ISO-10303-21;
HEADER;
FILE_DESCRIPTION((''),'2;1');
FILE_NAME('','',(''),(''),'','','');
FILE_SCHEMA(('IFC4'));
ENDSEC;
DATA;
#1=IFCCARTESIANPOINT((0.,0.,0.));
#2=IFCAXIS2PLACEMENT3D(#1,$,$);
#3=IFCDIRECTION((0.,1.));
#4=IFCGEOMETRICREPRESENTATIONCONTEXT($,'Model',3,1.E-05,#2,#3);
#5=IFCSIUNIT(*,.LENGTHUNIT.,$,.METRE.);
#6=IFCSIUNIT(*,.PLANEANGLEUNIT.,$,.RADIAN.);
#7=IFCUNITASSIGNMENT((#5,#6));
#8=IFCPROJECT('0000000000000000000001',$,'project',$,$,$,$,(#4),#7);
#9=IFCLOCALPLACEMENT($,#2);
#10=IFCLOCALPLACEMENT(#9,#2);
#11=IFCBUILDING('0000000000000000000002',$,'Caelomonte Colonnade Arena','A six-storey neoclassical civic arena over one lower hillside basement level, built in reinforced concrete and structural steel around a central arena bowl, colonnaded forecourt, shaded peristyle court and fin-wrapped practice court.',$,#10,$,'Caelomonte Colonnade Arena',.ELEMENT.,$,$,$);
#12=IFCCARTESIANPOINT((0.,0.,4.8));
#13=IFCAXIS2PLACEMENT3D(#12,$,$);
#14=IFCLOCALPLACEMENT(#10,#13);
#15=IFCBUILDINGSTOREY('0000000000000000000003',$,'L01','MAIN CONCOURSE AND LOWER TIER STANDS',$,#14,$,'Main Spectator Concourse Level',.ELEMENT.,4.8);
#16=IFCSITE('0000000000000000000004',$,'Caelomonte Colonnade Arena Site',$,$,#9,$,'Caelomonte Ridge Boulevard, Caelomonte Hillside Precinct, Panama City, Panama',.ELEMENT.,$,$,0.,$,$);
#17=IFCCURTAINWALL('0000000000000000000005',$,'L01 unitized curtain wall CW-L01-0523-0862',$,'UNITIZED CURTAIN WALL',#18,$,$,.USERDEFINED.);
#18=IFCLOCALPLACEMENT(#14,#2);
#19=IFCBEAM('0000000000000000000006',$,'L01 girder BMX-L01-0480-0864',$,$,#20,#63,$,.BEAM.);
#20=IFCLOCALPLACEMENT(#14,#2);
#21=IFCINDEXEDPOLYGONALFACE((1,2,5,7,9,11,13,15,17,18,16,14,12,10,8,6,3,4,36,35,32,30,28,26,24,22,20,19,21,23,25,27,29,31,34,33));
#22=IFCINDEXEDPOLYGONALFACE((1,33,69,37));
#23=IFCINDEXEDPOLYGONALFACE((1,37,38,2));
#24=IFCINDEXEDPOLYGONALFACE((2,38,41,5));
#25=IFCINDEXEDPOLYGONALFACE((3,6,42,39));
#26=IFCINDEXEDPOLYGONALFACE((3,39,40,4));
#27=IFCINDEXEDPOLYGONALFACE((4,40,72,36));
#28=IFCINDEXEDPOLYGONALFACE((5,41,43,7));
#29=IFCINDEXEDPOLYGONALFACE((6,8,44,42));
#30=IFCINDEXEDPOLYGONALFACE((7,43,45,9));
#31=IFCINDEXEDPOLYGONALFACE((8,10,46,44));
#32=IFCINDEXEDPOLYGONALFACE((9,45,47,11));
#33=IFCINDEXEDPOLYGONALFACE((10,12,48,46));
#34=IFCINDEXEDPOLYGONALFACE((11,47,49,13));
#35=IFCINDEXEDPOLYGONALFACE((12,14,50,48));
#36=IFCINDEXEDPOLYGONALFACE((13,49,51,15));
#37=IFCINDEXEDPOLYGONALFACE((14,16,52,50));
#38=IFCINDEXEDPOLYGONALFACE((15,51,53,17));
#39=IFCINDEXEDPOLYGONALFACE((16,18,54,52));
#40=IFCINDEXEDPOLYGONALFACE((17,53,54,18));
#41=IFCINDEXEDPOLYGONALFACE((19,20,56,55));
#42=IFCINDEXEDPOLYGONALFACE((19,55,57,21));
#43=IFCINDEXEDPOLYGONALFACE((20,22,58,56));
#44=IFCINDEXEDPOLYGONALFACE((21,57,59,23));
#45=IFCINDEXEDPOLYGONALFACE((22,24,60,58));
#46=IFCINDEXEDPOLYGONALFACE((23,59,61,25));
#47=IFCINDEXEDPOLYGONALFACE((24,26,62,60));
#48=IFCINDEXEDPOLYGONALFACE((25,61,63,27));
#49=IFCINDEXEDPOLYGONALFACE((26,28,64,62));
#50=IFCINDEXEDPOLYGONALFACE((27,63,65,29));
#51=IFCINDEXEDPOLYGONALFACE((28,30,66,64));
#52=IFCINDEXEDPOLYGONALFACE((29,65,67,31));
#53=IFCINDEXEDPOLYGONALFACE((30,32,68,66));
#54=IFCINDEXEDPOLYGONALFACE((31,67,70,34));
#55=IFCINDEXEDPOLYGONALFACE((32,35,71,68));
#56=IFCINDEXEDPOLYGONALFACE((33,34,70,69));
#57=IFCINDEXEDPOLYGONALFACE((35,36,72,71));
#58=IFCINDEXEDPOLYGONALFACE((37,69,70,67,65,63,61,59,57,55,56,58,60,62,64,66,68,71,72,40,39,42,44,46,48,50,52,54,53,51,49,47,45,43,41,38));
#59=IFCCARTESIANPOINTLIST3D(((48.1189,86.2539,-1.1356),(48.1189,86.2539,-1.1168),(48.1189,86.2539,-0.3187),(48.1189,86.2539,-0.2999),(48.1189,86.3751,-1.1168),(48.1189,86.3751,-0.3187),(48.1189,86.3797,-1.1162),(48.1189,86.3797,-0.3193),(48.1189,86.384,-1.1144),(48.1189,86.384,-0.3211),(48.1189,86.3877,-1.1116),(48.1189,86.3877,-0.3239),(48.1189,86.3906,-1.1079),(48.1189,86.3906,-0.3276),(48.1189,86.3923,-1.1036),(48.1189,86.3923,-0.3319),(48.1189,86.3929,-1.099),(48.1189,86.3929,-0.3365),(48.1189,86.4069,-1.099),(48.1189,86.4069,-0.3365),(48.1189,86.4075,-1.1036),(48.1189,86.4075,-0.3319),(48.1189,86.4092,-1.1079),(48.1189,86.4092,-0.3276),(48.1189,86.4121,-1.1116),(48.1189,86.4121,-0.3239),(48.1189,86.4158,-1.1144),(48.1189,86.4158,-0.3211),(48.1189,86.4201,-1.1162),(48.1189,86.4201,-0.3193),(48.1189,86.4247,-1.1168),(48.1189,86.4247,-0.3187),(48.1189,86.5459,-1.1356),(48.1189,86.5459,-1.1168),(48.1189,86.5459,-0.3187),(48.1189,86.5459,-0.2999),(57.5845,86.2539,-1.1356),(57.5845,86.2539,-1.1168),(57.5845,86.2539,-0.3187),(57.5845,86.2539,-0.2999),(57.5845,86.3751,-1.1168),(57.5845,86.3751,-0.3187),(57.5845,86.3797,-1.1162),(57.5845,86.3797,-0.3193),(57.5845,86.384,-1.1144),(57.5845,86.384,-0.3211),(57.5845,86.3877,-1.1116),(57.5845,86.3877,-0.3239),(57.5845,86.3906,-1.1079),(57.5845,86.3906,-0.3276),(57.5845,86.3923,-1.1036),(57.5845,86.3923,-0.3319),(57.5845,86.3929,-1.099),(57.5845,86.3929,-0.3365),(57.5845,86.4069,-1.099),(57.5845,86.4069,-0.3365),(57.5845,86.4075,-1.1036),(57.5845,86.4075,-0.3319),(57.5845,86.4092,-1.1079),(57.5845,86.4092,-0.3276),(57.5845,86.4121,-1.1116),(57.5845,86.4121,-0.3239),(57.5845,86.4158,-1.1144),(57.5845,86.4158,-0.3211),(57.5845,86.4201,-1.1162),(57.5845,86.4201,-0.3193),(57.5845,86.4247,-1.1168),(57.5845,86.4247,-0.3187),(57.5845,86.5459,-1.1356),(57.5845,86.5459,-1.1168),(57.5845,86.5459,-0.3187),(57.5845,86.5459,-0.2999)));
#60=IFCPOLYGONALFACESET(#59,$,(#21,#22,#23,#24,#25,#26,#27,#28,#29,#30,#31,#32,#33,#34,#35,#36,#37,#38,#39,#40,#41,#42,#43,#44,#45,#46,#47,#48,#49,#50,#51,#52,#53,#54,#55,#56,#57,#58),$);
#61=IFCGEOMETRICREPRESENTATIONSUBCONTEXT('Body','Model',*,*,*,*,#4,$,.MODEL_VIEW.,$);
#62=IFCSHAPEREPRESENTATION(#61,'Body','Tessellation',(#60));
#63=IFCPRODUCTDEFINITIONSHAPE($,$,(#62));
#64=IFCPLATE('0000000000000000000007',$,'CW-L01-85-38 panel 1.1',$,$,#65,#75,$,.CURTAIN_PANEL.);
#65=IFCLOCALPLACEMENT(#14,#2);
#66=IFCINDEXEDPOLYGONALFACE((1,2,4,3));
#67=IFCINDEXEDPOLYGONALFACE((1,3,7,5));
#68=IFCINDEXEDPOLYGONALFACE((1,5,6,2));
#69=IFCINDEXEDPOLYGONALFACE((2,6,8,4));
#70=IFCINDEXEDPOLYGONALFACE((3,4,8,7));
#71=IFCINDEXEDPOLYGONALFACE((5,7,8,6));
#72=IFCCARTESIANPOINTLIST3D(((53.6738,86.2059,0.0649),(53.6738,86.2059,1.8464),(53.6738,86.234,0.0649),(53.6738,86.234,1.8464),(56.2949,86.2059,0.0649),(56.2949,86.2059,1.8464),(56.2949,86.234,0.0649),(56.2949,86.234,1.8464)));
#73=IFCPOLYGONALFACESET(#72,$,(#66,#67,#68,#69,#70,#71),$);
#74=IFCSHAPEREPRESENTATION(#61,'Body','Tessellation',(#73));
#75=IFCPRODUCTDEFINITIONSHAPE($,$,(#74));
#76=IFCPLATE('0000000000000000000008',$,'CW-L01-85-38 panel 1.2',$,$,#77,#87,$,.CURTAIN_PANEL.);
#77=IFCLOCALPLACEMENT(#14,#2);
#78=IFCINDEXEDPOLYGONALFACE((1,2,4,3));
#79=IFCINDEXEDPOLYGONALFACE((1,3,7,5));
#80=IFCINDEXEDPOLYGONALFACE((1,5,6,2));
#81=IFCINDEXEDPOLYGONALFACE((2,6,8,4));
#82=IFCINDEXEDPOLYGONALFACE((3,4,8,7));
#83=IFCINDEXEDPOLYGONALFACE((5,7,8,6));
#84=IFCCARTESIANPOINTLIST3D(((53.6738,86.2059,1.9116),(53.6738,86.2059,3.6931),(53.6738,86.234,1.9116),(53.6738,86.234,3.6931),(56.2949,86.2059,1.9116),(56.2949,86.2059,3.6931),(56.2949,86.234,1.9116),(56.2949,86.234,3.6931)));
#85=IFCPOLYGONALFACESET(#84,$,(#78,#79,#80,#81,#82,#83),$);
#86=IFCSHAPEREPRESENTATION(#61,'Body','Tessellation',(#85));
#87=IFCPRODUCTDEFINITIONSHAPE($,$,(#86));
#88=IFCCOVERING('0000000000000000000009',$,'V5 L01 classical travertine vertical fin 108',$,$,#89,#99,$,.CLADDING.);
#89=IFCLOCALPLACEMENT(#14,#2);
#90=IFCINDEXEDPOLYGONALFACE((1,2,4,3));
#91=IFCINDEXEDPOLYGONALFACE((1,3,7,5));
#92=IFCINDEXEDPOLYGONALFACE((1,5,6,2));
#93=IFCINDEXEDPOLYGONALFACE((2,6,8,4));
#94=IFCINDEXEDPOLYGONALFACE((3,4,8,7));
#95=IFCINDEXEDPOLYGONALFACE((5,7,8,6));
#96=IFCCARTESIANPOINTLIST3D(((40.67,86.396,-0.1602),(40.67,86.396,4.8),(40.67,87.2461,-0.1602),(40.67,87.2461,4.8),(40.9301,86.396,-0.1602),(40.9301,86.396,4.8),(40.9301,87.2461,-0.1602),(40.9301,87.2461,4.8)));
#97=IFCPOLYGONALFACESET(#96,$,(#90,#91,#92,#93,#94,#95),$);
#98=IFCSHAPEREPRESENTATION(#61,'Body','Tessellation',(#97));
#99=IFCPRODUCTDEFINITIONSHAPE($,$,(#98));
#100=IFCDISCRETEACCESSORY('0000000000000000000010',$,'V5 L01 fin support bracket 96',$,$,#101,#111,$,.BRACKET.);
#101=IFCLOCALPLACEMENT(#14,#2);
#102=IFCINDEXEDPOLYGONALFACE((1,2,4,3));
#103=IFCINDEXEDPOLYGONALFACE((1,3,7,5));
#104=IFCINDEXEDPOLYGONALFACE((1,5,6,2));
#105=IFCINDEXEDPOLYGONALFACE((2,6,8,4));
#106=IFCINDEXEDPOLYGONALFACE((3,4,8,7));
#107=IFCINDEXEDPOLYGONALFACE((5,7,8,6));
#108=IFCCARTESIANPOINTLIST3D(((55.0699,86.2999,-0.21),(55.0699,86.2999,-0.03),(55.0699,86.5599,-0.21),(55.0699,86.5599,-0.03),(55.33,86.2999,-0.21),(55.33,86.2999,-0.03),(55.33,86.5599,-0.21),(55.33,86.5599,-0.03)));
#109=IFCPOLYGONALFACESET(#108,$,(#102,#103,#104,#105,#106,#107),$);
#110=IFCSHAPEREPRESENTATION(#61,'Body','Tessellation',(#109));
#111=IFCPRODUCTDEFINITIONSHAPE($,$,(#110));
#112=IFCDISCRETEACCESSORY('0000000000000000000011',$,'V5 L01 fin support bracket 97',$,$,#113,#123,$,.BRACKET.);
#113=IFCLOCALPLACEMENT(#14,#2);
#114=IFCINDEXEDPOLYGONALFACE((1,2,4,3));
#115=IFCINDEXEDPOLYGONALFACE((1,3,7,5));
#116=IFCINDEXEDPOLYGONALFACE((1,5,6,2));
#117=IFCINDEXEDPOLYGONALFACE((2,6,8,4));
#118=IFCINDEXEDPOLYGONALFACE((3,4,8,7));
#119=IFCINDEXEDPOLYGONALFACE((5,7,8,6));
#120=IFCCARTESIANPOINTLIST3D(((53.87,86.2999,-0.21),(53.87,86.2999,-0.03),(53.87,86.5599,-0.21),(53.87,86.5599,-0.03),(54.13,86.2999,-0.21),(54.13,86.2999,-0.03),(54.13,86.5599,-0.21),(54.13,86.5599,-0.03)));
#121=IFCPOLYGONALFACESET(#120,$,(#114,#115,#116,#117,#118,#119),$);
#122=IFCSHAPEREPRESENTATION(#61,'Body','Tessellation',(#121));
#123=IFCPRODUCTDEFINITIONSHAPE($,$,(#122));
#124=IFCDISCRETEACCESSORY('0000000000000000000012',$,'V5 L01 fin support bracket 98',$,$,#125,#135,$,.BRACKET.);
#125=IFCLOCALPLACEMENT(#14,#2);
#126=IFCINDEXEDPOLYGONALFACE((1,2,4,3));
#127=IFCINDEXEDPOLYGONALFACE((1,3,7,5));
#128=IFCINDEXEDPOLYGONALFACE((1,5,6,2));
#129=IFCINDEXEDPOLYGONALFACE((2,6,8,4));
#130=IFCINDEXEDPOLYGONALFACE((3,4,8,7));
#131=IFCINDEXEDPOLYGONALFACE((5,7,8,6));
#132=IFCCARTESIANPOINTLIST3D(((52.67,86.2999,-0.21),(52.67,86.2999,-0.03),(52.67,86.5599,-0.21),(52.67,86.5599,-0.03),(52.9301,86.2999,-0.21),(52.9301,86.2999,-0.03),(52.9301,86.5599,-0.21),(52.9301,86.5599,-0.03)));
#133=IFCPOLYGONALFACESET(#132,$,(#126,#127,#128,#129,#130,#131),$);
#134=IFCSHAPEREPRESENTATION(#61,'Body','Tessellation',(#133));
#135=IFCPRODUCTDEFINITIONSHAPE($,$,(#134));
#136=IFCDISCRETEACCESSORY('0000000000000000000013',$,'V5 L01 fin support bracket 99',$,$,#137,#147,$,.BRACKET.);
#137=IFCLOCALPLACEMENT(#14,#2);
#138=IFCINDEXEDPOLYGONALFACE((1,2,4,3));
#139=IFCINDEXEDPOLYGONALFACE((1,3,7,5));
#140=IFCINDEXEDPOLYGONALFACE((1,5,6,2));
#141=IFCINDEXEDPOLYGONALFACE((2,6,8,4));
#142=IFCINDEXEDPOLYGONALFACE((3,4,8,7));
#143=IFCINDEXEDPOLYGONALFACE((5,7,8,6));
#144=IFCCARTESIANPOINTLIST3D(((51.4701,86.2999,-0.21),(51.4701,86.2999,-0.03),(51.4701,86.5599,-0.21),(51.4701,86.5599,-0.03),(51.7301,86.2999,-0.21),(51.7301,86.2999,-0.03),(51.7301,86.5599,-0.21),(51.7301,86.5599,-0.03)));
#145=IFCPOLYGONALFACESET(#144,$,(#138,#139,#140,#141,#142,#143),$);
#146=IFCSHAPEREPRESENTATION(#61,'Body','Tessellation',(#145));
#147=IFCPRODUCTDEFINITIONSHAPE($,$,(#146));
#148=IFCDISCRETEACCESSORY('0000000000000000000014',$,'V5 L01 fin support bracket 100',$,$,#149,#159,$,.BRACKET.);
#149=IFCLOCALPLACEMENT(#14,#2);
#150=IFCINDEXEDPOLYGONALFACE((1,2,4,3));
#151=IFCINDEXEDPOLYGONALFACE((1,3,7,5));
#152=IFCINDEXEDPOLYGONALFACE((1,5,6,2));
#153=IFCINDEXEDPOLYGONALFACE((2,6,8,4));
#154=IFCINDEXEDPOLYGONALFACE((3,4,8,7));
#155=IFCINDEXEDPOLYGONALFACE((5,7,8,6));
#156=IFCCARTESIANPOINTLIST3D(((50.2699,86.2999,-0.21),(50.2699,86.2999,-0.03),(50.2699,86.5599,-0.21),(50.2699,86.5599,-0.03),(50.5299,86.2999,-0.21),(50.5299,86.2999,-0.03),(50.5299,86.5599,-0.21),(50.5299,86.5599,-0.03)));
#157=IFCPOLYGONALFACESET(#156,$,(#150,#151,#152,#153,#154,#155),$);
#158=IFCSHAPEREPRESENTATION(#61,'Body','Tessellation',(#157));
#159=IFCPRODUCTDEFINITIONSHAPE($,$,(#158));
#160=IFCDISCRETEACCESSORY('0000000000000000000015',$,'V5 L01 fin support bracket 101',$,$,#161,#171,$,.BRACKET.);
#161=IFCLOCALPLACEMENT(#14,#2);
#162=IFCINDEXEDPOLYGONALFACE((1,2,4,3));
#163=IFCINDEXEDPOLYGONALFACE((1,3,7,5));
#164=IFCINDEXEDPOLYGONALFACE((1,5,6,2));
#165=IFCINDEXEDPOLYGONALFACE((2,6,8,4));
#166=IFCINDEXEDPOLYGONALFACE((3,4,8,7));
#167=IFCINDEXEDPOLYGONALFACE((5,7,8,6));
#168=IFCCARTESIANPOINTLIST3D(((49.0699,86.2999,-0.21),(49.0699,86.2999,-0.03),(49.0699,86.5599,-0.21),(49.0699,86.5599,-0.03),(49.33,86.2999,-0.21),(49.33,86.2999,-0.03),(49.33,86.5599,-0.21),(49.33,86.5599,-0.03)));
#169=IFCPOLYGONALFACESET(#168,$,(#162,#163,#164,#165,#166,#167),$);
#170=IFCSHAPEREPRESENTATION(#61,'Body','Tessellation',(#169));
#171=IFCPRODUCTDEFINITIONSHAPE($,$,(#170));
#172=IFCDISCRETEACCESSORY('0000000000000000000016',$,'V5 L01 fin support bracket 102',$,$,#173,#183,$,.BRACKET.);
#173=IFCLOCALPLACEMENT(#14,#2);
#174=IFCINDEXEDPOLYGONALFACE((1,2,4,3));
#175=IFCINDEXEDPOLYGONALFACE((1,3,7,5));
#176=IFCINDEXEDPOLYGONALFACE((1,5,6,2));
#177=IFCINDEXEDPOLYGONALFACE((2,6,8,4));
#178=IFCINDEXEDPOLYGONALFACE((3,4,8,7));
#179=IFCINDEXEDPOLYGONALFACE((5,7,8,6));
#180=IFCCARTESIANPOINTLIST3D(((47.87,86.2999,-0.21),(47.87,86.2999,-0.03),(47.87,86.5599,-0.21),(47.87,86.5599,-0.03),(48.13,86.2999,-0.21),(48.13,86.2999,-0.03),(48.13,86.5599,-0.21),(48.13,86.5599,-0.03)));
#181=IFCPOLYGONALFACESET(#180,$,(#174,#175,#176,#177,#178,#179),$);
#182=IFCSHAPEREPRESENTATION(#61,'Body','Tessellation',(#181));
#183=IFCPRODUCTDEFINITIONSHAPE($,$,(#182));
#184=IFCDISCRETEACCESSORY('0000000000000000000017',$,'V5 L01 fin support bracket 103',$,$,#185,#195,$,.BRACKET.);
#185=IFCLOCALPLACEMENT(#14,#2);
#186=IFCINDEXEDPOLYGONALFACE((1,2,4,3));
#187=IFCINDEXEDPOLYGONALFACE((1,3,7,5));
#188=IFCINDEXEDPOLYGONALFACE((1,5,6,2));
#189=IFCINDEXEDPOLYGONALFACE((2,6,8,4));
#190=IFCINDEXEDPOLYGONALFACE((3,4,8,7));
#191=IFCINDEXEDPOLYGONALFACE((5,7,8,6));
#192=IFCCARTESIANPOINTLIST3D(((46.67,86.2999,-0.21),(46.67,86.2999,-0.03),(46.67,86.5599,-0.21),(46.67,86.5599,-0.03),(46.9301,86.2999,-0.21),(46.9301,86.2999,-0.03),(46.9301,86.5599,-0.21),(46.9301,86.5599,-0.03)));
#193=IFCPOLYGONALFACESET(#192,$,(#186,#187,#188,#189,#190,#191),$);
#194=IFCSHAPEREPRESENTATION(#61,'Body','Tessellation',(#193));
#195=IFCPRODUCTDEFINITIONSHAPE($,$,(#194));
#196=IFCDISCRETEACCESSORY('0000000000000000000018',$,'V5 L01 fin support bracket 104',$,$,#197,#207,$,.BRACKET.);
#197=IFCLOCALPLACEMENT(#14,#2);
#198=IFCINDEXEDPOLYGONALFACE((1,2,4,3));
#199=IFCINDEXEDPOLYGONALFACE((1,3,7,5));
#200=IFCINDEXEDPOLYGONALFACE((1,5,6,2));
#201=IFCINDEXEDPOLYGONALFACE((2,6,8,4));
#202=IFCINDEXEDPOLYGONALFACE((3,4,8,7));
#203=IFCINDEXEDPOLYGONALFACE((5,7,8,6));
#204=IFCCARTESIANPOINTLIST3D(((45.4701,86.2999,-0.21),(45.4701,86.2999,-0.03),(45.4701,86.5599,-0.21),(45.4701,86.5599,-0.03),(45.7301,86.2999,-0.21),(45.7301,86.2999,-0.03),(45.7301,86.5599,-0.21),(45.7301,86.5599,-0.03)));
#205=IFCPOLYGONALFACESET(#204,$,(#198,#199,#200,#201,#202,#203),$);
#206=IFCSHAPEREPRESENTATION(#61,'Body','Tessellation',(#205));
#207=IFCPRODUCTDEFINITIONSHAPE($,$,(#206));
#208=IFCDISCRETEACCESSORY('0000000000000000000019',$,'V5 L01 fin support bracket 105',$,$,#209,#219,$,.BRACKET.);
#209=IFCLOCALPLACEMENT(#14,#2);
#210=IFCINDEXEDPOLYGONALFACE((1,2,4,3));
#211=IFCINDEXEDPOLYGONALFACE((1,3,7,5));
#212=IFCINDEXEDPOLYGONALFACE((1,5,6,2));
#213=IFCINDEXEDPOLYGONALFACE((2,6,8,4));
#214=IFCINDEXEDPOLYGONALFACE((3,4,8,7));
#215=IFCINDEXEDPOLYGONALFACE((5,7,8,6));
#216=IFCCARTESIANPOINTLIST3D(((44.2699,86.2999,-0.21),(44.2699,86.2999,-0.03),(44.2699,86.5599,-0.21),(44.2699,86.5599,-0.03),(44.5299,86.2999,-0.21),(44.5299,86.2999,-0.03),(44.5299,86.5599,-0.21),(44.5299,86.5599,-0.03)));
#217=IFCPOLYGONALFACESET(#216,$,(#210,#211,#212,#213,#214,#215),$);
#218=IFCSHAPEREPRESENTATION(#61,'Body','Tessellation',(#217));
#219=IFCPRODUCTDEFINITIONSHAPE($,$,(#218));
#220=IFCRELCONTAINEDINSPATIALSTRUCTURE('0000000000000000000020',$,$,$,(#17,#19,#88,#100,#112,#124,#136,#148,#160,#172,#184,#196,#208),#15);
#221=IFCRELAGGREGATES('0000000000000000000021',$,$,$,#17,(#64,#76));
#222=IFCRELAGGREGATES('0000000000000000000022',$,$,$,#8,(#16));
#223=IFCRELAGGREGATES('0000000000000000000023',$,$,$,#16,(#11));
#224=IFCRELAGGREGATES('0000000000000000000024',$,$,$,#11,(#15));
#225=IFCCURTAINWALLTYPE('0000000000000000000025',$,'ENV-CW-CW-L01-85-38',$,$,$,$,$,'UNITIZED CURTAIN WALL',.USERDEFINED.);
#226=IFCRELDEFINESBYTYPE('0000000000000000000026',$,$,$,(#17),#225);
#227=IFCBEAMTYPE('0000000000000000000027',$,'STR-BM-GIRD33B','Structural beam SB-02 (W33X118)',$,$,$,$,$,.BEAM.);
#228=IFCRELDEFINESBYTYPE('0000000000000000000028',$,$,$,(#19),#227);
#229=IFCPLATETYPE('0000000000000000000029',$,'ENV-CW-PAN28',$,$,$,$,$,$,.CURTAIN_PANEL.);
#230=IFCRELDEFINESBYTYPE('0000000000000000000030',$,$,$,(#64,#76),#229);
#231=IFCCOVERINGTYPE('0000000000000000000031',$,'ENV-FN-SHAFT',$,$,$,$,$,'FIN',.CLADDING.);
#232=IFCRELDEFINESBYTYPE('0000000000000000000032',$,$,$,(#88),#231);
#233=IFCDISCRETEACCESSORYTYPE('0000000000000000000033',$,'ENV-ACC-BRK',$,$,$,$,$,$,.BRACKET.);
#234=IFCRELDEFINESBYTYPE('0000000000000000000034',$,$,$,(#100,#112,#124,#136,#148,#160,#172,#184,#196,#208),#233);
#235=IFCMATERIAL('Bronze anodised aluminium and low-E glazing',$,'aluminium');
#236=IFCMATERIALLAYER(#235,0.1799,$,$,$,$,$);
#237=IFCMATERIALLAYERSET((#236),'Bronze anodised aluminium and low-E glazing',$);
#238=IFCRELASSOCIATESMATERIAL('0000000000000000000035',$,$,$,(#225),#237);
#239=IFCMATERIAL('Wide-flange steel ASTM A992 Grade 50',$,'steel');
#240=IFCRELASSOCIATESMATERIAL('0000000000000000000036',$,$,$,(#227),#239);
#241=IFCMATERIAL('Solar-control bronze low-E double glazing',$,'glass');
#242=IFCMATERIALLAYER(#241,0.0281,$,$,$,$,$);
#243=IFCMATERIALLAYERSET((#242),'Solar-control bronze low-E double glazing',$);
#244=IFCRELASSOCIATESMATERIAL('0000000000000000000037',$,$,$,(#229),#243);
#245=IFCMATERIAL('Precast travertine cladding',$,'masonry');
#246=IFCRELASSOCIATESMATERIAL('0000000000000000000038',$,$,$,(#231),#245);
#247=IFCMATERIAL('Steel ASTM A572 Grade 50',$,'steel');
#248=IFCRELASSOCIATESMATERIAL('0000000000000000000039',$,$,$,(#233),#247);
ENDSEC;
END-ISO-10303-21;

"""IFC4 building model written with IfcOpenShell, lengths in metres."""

from ifc_helpers import new_model, si_unit, direction, frame, origin, origin_2d, place, context, subcontext, project, spatial, rectangle, i_section, extrude, material, layer, layer_set, material_profile, profile_set, type_object, element, aggregate, save


model = new_model("IFC4")

# Units and contexts
model_context = context("Model", 3, precision=1e-05, world=origin(), true_north=direction((0.0, 1.0)))
body_context = subcontext(model_context, "Body", "Model", "MODEL_VIEW")
ifc_project = project(units=[si_unit("LENGTHUNIT", "METRE"), si_unit("PLANEANGLEUNIT", "RADIAN")], contexts=[model_context])

# Site, building, storey
site_placement = place(None, origin())
site = spatial("IfcSite", under=ifc_project, at=site_placement, Name="Caelomonte Colonnade Arena Site", LongName="Caelomonte Ridge Boulevard, Caelomonte Hillside Precinct, Panama City, Panama", CompositionType="ELEMENT", RefElevation=0.0)
building_placement = place(site_placement, origin())
building = spatial("IfcBuilding", under=site, at=building_placement, Name="Caelomonte Colonnade Arena", Description="A six-storey neoclassical civic arena over one lower hillside basement level, built in reinforced concrete and structural steel around a central arena bowl, colonnaded forecourt, shaded peristyle court and fin-wrapped practice court.", LongName="Caelomonte Colonnade Arena", CompositionType="ELEMENT")
storey_placement = place(building_placement, frame((0.0, 0.0, 4.8)))
storey = spatial("IfcBuildingStorey", under=building, at=storey_placement, Name="L01", Description="MAIN CONCOURSE AND LOWER TIER STANDS", LongName="Main Spectator Concourse Level", CompositionType="ELEMENT", Elevation=4.8)

# Shared definitions
ifc_material_1 = material(Name="Wide-flange steel ASTM A992 Grade 50", Category="steel")

# Curtain wall
ifc_material_2 = material(Name="Bronze anodised aluminium and low-E glazing", Category="aluminium")
ifc_layer_1 = layer(ifc_material_2, 0.1799)
ifc_layer_set_1 = layer_set([ifc_layer_1], Name="Bronze anodised aluminium and low-E glazing")
curtain_wall_type = type_object("IfcCurtainWallType", Name="ENV-CW-CW-L01-85-38", ElementType="UNITIZED CURTAIN WALL", PredefinedType="USERDEFINED", material=ifc_layer_set_1)
curtain_wall_placement = place(storey_placement, origin())
curtain_wall = element("IfcCurtainWall", 1, at=curtain_wall_placement, inside=storey, type_object=curtain_wall_type, Name="L01 unitized curtain wall CW-L01-0523-0862", ObjectType="UNITIZED CURTAIN WALL", PredefinedType="USERDEFINED")

# Beam
ifc_material_profile_1 = material_profile(ifc_material_1, i_section(OverallWidth=0.292, OverallDepth=0.8357, WebThickness=0.0139, FlangeThickness=0.0188, FilletRadius=0.0178, at=origin_2d()), Name="W33X118")
ifc_profile_set_1 = profile_set([ifc_material_profile_1], Name="Wide-flange steel ASTM A992 Grade 50")
beam_type_1 = type_object("IfcBeamType", Name="STR-BM-GIRD33B", Description="Structural beam SB-02 (W33X118)", PredefinedType="BEAM", material=ifc_profile_set_1)
beam_1_placement = place(storey_placement, frame((48.1189, 86.3999, -0.7178), z_axis=(1.0, 0.0, 0.0), x_axis=(0.0, 1.0, 0.0)))
element("IfcBeam", 2, at=beam_1_placement, inside=storey, type_object=beam_type_1, Name="L01 girder BMX-L01-0480-0864", PredefinedType="BEAM", context=body_context, shape_type="SweptSolid", body=[
    extrude(i_section(OverallWidth=0.292, OverallDepth=0.8357, WebThickness=0.0139, FlangeThickness=0.0188, FilletRadius=0.0178, at=origin_2d()), origin(), (0.0, 0.0, 1.0), 9.4656),
])

# Plates
ifc_material_3 = material(Name="Solar-control bronze low-E double glazing", Category="glass")
ifc_layer_2 = layer(ifc_material_3, 0.0281)
ifc_layer_set_2 = layer_set([ifc_layer_2], Name="Solar-control bronze low-E double glazing")
plate_type = type_object("IfcPlateType", Name="ENV-CW-PAN28", PredefinedType="CURTAIN_PANEL", material=ifc_layer_set_2)
plate_1_placement = place(storey_placement, frame((54.9844, 86.22, 0.0649), z_axis=(0.0, 0.0, 1.0), x_axis=(-1.0, 0.0, 0.0)))
plate_1 = element("IfcPlate", 3, at=plate_1_placement, type_object=plate_type, Name="CW-L01-85-38 panel 1.1", PredefinedType="CURTAIN_PANEL", context=body_context, shape_type="SweptSolid", body=[
    extrude(rectangle(XDim=2.6211, YDim=0.0281, at=origin_2d()), origin(), (0.0, 0.0, 1.0), 1.7815),
])
plate_2_placement = place(storey_placement, frame((54.9844, 86.22, 1.9116), z_axis=(0.0, 0.0, 1.0), x_axis=(-1.0, 0.0, 0.0)))
plate_2 = element("IfcPlate", 4, at=plate_2_placement, type_object=plate_type, Name="CW-L01-85-38 panel 1.2", PredefinedType="CURTAIN_PANEL", context=body_context, shape_type="SweptSolid", body=[
    extrude(rectangle(XDim=2.6211, YDim=0.0281, at=origin_2d()), origin(), (0.0, 0.0, 1.0), 1.7815),
])
aggregate(curtain_wall, [plate_1, plate_2])

# Covering
ifc_material_4 = material(Name="Precast travertine cladding", Category="masonry")
ifc_material_profile_2 = material_profile(ifc_material_4, rectangle(XDim=0.26, YDim=0.8501, at=origin_2d()), Name="FIN260X850")
ifc_profile_set_2 = profile_set([ifc_material_profile_2], Name="Precast travertine cladding")
covering_type = type_object("IfcCoveringType", Name="ENV-FN-SHAFT", ElementType="FIN", PredefinedType="CLADDING", material=ifc_profile_set_2)
covering_placement = place(storey_placement, frame((40.8, 86.821, -0.1602), z_axis=(0.0, 0.0, 1.0), x_axis=(1.0, 0.0, 0.0)))
element("IfcCovering", 5, at=covering_placement, inside=storey, type_object=covering_type, Name="V5 L01 classical travertine vertical fin 108", PredefinedType="CLADDING", context=body_context, shape_type="SweptSolid", body=[
    extrude(rectangle(XDim=0.26, YDim=0.8501, at=origin_2d()), origin(), (0.0, 0.0, 1.0), 4.9602),
])

# Discrete accessories
ifc_material_5 = material(Name="Steel ASTM A572 Grade 50", Category="steel")
discrete_accessory_type = type_object("IfcDiscreteAccessoryType", Name="ENV-ACC-BRK", PredefinedType="BRACKET", material=ifc_material_5)
for number, where, z_axis, x_axis, name in (
    (6, (55.2, 86.4299, -0.21), (0.0, 0.0, 1.0), (-1.0, 0.0, 0.0), "V5 L01 fin support bracket 96"),
    (7, (54.0, 86.4299, -0.21), (0.0, 0.0, 1.0), (-1.0, 0.0, 0.0), "V5 L01 fin support bracket 97"),
    (8, (52.8, 86.4299, -0.21), (0.0, 0.0, 1.0), (-1.0, 0.0, 0.0), "V5 L01 fin support bracket 98"),
    (9, (51.6001, 86.4299, -0.21), (0.0, 0.0, 1.0), (-1.0, 0.0, 0.0), "V5 L01 fin support bracket 99"),
    (10, (50.3999, 86.4299, -0.21), (0.0, 0.0, 1.0), (-1.0, 0.0, 0.0), "V5 L01 fin support bracket 100"),
    (11, (49.2, 86.4299, -0.21), (0.0, 0.0, 1.0), (-1.0, 0.0, 0.0), "V5 L01 fin support bracket 101"),
    (12, (48.0, 86.4299, -0.21), (0.0, 0.0, 1.0), (-1.0, 0.0, 0.0), "V5 L01 fin support bracket 102"),
    (13, (46.8, 86.4299, -0.21), (0.0, 0.0, 1.0), (-1.0, 0.0, 0.0), "V5 L01 fin support bracket 103"),
    (14, (45.6001, 86.4299, -0.21), (0.0, 0.0, 1.0), (-1.0, 0.0, 0.0), "V5 L01 fin support bracket 104"),
    (15, (44.3999, 86.4299, -0.21), (0.0, 0.0, 1.0), (-1.0, 0.0, 0.0), "V5 L01 fin support bracket 105"),
):
    element("IfcDiscreteAccessory", number, at=place(storey_placement, frame(where, z_axis=z_axis, x_axis=x_axis)), inside=storey, type_object=discrete_accessory_type, Name=name, PredefinedType="BRACKET", context=body_context, shape_type="SweptSolid", body=[
        extrude(rectangle(XDim=0.26, YDim=0.26, at=origin_2d()), origin(), (0.0, 0.0, 1.0), 0.1799),
    ])

save(model, "model.ifc")
